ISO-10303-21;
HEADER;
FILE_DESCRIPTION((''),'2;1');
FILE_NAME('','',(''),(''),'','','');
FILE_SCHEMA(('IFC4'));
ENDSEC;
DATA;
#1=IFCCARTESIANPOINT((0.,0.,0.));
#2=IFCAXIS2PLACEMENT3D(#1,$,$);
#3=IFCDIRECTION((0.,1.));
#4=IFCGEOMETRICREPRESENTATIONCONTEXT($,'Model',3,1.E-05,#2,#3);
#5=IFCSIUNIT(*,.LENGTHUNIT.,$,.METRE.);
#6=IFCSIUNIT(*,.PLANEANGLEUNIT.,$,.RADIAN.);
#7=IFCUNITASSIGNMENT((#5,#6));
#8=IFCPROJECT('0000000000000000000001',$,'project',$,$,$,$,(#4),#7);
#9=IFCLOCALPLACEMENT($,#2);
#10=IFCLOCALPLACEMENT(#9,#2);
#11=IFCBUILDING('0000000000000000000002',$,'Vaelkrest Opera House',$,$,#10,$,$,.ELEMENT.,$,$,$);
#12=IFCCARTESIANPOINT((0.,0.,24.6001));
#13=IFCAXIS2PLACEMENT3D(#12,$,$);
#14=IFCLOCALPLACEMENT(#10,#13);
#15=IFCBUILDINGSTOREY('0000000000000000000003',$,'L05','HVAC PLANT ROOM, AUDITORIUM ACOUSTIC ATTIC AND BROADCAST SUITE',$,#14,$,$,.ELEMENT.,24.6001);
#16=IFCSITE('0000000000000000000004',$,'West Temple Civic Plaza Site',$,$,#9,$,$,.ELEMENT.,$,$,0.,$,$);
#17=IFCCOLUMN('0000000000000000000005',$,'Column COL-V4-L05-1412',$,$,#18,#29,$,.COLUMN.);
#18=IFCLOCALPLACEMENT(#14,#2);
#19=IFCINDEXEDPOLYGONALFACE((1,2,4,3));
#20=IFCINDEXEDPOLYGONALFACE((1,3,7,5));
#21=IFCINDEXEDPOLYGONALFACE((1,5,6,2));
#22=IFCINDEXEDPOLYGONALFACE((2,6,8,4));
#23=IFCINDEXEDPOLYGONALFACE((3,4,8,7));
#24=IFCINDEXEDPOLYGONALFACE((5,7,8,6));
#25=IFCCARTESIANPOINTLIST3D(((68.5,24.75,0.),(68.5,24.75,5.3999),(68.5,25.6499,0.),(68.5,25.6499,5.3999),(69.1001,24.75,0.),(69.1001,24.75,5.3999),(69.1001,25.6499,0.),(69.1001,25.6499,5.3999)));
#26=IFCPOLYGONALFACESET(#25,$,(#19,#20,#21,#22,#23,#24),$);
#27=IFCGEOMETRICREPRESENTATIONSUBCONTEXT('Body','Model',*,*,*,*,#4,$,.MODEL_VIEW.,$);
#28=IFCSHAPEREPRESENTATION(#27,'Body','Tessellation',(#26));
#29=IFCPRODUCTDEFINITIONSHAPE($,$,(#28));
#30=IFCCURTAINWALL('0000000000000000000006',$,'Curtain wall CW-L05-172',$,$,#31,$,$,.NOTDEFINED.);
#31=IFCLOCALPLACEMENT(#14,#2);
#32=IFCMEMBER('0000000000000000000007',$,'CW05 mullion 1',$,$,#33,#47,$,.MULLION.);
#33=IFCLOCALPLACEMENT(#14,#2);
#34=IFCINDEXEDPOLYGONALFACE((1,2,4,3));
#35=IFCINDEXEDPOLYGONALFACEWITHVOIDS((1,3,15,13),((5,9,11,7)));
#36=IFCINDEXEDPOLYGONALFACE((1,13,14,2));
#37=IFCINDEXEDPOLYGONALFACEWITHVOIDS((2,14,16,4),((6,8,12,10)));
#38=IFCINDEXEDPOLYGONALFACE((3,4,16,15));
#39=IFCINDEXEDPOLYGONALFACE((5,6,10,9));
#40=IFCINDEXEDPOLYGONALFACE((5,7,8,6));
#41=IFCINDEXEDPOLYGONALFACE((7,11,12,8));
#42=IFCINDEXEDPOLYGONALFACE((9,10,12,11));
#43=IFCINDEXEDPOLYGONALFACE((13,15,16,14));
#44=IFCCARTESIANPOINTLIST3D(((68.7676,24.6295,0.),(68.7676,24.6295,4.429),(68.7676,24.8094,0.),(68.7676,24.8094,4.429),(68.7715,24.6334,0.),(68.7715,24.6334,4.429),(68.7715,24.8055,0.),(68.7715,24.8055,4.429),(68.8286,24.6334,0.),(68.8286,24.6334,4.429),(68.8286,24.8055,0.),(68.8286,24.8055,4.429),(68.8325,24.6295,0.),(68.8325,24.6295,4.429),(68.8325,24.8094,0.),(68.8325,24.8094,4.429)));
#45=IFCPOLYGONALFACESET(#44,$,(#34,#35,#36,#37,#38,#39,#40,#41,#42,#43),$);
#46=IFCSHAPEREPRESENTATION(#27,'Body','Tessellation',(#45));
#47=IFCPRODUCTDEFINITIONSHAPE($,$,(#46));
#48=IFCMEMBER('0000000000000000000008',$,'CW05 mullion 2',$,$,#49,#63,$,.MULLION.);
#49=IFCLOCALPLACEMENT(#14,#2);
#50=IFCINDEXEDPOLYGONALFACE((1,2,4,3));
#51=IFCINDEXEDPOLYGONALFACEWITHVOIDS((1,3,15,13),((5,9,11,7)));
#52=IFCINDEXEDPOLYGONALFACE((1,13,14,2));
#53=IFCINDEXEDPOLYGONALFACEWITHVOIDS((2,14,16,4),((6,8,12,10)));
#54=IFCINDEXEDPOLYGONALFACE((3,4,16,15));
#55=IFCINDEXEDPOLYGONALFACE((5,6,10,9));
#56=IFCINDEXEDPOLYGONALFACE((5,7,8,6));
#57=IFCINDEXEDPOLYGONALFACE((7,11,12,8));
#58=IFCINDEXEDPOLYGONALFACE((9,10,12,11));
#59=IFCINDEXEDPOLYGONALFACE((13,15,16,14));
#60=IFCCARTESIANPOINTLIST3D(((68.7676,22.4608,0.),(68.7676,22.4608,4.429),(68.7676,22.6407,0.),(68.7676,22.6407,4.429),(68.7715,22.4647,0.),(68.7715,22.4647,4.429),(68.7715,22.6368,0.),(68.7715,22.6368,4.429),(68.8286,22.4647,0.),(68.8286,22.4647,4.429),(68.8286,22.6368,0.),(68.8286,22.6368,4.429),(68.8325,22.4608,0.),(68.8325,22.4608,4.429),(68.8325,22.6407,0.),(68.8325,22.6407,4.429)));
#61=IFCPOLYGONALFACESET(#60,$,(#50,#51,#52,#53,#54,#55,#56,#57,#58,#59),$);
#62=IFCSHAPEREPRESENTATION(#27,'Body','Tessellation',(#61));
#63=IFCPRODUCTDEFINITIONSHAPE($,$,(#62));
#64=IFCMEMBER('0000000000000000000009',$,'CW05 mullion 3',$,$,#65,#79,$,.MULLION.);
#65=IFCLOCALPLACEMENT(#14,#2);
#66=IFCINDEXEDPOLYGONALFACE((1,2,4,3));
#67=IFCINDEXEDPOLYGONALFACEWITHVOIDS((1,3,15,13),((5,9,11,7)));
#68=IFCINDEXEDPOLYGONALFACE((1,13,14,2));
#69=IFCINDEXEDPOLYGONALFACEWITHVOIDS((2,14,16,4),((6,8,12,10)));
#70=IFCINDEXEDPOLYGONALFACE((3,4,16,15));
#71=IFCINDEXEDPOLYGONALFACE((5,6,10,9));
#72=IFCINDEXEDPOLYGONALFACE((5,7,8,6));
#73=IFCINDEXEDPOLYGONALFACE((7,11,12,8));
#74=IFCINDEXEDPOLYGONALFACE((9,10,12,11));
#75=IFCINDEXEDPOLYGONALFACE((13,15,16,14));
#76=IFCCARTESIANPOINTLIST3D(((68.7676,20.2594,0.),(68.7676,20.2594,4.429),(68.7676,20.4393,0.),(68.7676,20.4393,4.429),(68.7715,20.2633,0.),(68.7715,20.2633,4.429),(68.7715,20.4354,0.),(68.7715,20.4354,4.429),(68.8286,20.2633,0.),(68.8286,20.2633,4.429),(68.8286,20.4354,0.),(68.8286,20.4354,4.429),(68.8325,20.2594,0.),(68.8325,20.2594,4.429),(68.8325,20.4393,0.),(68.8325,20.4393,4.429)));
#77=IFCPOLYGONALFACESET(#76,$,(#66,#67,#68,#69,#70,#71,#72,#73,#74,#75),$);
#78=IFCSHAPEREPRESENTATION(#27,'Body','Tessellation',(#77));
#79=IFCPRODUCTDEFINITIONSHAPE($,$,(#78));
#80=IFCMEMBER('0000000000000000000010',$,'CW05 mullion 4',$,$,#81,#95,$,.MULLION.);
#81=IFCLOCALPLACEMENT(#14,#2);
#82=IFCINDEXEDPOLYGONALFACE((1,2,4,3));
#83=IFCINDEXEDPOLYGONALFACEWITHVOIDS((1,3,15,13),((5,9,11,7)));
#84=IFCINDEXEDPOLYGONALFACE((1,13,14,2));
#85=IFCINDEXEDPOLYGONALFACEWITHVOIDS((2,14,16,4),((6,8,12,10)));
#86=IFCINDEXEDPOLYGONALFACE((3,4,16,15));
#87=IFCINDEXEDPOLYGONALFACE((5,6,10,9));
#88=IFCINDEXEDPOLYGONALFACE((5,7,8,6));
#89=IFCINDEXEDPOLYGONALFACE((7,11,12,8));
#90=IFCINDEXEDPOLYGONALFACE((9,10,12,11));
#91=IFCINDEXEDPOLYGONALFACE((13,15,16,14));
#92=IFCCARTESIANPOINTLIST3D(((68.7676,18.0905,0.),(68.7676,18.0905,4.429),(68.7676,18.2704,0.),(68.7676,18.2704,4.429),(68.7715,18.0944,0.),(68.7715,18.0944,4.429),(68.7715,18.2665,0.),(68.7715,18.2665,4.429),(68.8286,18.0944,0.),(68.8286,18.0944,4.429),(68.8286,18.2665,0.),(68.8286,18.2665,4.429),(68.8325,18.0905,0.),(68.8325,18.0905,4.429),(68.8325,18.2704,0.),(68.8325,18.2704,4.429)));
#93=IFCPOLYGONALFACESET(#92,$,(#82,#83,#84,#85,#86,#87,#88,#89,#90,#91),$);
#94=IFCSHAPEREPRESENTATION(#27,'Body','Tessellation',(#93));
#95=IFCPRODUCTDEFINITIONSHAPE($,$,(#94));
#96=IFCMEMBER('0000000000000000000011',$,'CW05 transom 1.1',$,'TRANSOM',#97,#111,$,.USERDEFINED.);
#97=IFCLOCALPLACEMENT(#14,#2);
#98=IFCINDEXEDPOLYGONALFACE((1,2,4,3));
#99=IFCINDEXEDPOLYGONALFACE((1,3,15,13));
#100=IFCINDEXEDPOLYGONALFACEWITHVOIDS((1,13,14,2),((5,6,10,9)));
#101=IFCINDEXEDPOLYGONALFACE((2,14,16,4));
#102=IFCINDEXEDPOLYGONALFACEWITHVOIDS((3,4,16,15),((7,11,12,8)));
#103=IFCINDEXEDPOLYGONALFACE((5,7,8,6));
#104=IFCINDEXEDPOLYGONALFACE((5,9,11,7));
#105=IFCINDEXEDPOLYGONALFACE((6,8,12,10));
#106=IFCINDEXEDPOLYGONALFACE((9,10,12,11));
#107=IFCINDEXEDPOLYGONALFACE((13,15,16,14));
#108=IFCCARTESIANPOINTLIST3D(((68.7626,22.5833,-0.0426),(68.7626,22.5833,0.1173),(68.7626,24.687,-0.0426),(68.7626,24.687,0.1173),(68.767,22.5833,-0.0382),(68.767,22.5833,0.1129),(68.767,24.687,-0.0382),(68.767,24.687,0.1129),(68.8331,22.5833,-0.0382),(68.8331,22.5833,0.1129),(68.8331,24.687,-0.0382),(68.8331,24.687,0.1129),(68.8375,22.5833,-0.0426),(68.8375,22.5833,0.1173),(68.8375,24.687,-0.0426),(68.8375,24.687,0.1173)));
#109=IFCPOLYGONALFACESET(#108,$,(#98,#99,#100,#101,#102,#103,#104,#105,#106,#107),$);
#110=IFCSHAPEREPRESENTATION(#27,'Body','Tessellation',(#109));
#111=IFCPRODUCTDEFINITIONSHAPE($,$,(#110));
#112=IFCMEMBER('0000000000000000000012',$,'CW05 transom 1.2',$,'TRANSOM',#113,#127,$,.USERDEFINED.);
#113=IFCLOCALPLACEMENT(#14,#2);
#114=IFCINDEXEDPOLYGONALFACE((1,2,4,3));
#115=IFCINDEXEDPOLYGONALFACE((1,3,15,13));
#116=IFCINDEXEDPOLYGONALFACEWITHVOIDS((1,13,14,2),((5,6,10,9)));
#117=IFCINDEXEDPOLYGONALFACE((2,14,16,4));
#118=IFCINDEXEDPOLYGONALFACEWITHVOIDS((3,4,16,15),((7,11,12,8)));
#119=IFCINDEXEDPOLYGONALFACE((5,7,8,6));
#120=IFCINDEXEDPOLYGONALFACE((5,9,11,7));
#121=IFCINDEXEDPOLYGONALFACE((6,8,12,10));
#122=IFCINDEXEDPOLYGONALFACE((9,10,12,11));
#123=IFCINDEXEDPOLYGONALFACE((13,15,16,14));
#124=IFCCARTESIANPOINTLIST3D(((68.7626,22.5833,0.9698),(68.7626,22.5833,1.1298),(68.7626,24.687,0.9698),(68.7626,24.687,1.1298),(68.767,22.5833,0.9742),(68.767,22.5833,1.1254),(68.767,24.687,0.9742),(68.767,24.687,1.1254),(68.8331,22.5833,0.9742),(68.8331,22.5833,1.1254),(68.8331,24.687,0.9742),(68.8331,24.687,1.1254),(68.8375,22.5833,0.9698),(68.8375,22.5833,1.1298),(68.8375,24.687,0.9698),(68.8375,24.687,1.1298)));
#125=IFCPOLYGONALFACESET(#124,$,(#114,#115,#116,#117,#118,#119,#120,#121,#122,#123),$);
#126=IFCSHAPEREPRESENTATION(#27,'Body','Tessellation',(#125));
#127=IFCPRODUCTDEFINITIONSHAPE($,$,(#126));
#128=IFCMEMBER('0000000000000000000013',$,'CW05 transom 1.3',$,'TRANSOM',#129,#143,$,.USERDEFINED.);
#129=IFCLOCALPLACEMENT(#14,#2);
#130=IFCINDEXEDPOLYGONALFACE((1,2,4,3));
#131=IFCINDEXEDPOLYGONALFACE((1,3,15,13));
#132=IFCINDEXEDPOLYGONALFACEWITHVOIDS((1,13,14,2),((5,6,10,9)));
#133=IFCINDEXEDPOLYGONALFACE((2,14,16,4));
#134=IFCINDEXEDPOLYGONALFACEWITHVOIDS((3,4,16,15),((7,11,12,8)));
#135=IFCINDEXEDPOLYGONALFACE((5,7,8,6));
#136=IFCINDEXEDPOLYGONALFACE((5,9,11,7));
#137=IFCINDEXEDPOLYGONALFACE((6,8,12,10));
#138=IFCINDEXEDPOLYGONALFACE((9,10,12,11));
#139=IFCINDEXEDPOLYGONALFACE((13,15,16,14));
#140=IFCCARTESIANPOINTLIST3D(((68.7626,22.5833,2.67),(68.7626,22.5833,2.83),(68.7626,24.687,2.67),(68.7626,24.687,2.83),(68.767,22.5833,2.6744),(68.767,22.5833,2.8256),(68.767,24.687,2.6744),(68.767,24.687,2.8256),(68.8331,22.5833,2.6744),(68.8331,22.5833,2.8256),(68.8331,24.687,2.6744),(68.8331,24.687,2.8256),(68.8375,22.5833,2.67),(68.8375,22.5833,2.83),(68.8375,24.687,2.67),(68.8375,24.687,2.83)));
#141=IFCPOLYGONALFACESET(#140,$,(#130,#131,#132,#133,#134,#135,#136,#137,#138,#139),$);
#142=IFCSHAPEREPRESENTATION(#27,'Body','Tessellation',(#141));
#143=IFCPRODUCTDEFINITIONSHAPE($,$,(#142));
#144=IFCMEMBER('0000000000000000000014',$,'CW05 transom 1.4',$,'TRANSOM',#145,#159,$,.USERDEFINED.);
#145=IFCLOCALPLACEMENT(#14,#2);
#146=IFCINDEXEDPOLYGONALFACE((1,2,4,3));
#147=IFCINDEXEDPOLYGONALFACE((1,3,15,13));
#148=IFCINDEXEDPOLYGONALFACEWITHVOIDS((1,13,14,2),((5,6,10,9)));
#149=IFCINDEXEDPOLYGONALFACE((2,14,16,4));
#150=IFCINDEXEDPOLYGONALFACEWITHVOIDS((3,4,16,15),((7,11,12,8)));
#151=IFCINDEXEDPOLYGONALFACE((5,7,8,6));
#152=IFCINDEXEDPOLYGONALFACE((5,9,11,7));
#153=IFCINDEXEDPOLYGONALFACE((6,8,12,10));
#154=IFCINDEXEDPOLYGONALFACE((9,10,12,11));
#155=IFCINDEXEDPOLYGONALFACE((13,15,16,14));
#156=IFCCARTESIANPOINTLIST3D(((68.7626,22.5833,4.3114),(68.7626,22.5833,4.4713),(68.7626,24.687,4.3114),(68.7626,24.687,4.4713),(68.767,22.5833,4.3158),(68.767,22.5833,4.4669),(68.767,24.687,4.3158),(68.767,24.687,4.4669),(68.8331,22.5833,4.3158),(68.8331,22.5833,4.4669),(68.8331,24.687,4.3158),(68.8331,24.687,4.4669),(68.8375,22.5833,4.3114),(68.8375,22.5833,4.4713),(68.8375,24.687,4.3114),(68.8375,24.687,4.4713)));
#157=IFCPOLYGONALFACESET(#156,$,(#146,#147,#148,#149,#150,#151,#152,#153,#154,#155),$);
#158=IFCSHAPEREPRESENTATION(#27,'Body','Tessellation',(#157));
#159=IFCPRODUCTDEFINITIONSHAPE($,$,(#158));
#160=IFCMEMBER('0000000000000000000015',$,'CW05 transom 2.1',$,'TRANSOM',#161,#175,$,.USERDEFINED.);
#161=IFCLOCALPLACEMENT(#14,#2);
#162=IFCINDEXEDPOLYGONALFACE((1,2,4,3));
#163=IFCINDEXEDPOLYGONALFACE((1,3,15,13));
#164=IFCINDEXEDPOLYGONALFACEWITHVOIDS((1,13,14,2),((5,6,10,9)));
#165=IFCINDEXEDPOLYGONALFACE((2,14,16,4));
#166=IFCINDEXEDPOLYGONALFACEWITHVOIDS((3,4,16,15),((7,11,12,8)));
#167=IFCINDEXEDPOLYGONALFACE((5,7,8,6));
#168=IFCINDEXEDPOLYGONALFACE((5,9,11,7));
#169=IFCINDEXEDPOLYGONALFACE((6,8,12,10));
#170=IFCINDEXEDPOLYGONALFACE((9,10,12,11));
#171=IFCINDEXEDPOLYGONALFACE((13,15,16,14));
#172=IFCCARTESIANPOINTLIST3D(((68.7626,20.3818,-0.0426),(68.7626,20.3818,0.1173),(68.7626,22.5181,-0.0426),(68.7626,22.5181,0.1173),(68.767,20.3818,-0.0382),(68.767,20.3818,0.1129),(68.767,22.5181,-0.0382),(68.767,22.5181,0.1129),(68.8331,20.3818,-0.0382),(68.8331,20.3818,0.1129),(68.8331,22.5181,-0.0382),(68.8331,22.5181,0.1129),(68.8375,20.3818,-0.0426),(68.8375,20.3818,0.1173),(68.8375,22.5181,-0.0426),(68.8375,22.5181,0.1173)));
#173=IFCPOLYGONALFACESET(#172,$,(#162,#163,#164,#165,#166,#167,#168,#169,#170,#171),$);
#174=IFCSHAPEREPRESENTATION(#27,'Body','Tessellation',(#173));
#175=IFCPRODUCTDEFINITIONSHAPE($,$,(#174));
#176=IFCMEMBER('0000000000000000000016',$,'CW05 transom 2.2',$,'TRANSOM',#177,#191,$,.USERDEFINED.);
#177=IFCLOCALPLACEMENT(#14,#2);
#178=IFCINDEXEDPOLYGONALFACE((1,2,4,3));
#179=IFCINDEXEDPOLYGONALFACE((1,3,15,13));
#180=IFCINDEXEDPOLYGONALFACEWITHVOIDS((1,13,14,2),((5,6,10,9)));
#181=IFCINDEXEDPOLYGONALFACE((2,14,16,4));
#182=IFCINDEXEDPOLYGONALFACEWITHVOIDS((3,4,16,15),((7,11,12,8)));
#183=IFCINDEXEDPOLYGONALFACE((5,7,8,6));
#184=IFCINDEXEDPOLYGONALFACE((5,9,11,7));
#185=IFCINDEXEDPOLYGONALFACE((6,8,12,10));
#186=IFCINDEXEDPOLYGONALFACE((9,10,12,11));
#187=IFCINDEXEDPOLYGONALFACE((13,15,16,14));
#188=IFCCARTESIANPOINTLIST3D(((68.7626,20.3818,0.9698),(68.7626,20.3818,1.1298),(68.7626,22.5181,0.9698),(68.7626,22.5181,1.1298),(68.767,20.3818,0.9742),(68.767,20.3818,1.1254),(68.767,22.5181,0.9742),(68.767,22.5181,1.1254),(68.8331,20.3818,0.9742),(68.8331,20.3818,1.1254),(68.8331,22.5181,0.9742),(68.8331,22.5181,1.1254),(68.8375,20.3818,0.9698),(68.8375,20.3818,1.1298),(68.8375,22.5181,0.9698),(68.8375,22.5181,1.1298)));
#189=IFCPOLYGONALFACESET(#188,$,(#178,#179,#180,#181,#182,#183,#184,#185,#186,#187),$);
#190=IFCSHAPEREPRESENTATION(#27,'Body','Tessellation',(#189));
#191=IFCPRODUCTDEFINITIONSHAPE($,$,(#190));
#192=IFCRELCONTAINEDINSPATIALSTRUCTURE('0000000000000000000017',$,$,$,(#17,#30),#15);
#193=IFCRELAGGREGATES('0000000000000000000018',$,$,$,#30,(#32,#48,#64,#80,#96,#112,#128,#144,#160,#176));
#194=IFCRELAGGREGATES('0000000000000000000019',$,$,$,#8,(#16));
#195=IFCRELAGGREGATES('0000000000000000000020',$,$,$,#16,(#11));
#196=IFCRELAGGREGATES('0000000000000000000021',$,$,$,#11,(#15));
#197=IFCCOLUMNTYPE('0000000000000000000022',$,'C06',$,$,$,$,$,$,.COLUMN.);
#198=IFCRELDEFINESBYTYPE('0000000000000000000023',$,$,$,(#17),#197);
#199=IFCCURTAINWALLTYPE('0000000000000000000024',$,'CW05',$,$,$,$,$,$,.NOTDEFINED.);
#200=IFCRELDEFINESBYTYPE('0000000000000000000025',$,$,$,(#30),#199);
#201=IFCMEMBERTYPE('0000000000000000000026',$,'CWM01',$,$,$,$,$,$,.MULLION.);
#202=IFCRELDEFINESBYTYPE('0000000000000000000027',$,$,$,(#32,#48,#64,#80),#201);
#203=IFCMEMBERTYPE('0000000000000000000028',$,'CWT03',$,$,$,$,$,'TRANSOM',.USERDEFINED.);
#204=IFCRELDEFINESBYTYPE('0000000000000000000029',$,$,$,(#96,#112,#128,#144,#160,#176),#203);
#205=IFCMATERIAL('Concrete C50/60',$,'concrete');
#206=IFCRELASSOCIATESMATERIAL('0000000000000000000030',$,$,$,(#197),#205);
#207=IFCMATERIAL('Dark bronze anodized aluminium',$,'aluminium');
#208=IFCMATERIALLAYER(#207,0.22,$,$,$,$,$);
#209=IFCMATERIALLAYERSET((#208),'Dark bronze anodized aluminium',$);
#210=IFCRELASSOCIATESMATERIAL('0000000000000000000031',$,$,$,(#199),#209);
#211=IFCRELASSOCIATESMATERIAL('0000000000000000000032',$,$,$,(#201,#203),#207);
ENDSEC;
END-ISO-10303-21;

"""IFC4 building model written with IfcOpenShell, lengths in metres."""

from ifc_helpers import new_model, si_unit, direction, frame, origin, origin_2d, place, context, subcontext, project, spatial, rectangle, hollow_rectangle, extrude, material, layer, layer_set, material_profile, profile_set, type_object, element, aggregate, save


model = new_model("IFC4")

# Units and contexts
model_context = context("Model", 3, precision=1e-05, world=origin(), true_north=direction((0.0, 1.0)))
body_context = subcontext(model_context, "Body", "Model", "MODEL_VIEW")
ifc_project = project(units=[si_unit("LENGTHUNIT", "METRE"), si_unit("PLANEANGLEUNIT", "RADIAN")], contexts=[model_context])

# Site, building, storey
site_placement = place(None, origin())
site = spatial("IfcSite", under=ifc_project, at=site_placement, Name="West Temple Civic Plaza Site", CompositionType="ELEMENT", RefElevation=0.0)
building_placement = place(site_placement, origin())
building = spatial("IfcBuilding", under=site, at=building_placement, Name="Vaelkrest Opera House", CompositionType="ELEMENT")
storey_placement = place(building_placement, frame((0.0, 0.0, 24.6001)))
storey = spatial("IfcBuildingStorey", under=building, at=storey_placement, Name="L05", Description="HVAC PLANT ROOM, AUDITORIUM ACOUSTIC ATTIC AND BROADCAST SUITE", CompositionType="ELEMENT", Elevation=24.6001)

# Column
ifc_material_1 = material(Name="Concrete C50/60", Category="concrete")
ifc_material_profile_1 = material_profile(ifc_material_1, rectangle(XDim=0.6001, YDim=0.8999, at=origin_2d()), Name="RC600X900")
ifc_profile_set_1 = profile_set([ifc_material_profile_1], Name="Concrete C50/60")
column_type = type_object("IfcColumnType", Name="C06", PredefinedType="COLUMN", material=ifc_profile_set_1)
column_placement = place(storey_placement, frame((68.8, 25.2, 0.0), z_axis=(0.0, 0.0, 1.0), x_axis=(1.0, 0.0, 0.0)))
element("IfcColumn", 1, at=column_placement, inside=storey, type_object=column_type, Name="Column COL-V4-L05-1412", PredefinedType="COLUMN", context=body_context, shape_type="SweptSolid", body=[
    extrude(rectangle(XDim=0.6001, YDim=0.8999, at=origin_2d()), origin(), (0.0, 0.0, 1.0), 5.3999),
])

# Curtain wall, members
ifc_material_2 = material(Name="Dark bronze anodized aluminium", Category="aluminium")
ifc_layer_1 = layer(ifc_material_2, 0.22)
ifc_layer_set_1 = layer_set([ifc_layer_1], Name="Dark bronze anodized aluminium")
curtain_wall_type = type_object("IfcCurtainWallType", Name="CW05", PredefinedType="NOTDEFINED", material=ifc_layer_set_1)
curtain_wall_placement = place(storey_placement, origin())
curtain_wall = element("IfcCurtainWall", 2, at=curtain_wall_placement, inside=storey, type_object=curtain_wall_type, Name="Curtain wall CW-L05-172", PredefinedType="NOTDEFINED")
ifc_material_profile_2 = material_profile(ifc_material_2, hollow_rectangle(XDim=0.0649, YDim=0.1799, WallThickness=0.0039, at=origin_2d()), Name="CWM65X180")
ifc_profile_set_2 = profile_set([ifc_material_profile_2], Name="Dark bronze anodized aluminium")
member_type_1 = type_object("IfcMemberType", Name="CWM01", PredefinedType="MULLION", material=ifc_profile_set_2)
member_1_placement = place(storey_placement, frame((68.8, 24.7195, 0.0), z_axis=(0.0, 0.0, 1.0), x_axis=(1.0, 0.0, 0.0)))
member_1 = element("IfcMember", 3, at=member_1_placement, type_object=member_type_1, Name="CW05 mullion 1", PredefinedType="MULLION", context=body_context, shape_type="SweptSolid", body=[
    extrude(hollow_rectangle(XDim=0.0649, YDim=0.1799, WallThickness=0.0039, at=origin_2d()), origin(), (0.0, 0.0, 1.0), 4.429),
])
member_2_placement = place(storey_placement, frame((68.8, 22.5508, 0.0), z_axis=(0.0, 0.0, 1.0), x_axis=(1.0, 0.0, 0.0)))
member_2 = element("IfcMember", 4, at=member_2_placement, type_object=member_type_1, Name="CW05 mullion 2", PredefinedType="MULLION", context=body_context, shape_type="SweptSolid", body=[
    extrude(hollow_rectangle(XDim=0.0649, YDim=0.1799, WallThickness=0.0039, at=origin_2d()), origin(), (0.0, 0.0, 1.0), 4.429),
])
member_3_placement = place(storey_placement, frame((68.8, 20.3494, 0.0), z_axis=(0.0, 0.0, 1.0), x_axis=(1.0, 0.0, 0.0)))
member_3 = element("IfcMember", 5, at=member_3_placement, type_object=member_type_1, Name="CW05 mullion 3", PredefinedType="MULLION", context=body_context, shape_type="SweptSolid", body=[
    extrude(hollow_rectangle(XDim=0.0649, YDim=0.1799, WallThickness=0.0039, at=origin_2d()), origin(), (0.0, 0.0, 1.0), 4.429),
])
member_4_placement = place(storey_placement, frame((68.8, 18.1804, 0.0), z_axis=(0.0, 0.0, 1.0), x_axis=(1.0, 0.0, 0.0)))
member_4 = element("IfcMember", 6, at=member_4_placement, type_object=member_type_1, Name="CW05 mullion 4", PredefinedType="MULLION", context=body_context, shape_type="SweptSolid", body=[
    extrude(hollow_rectangle(XDim=0.0649, YDim=0.1799, WallThickness=0.0039, at=origin_2d()), origin(), (0.0, 0.0, 1.0), 4.429),
])
ifc_material_profile_3 = material_profile(ifc_material_2, hollow_rectangle(XDim=0.075, YDim=0.1599, WallThickness=0.0044, at=origin_2d()), Name="CWT75X160")
ifc_profile_set_3 = profile_set([ifc_material_profile_3], Name="Dark bronze anodized aluminium")
member_type_2 = type_object("IfcMemberType", Name="CWT03", ElementType="TRANSOM", PredefinedType="USERDEFINED", material=ifc_profile_set_3)
member_5_placement = place(storey_placement, frame((68.8, 24.687, 0.0374), z_axis=(0.0, -1.0, 0.0), x_axis=(1.0, 0.0, 0.0)))
member_5 = element("IfcMember", 7, at=member_5_placement, type_object=member_type_2, Name="CW05 transom 1.1", ObjectType="TRANSOM", PredefinedType="USERDEFINED", context=body_context, shape_type="SweptSolid", body=[
    extrude(hollow_rectangle(XDim=0.075, YDim=0.1599, WallThickness=0.0044, at=origin_2d()), origin(), (0.0, 0.0, 1.0), 2.1038),
])
member_6_placement = place(storey_placement, frame((68.8, 24.687, 1.0498), z_axis=(0.0, -1.0, 0.0), x_axis=(1.0, 0.0, 0.0)))
member_6 = element("IfcMember", 8, at=member_6_placement, type_object=member_type_2, Name="CW05 transom 1.2", ObjectType="TRANSOM", PredefinedType="USERDEFINED", context=body_context, shape_type="SweptSolid", body=[
    extrude(hollow_rectangle(XDim=0.075, YDim=0.1599, WallThickness=0.0044, at=origin_2d()), origin(), (0.0, 0.0, 1.0), 2.1038),
])
member_7_placement = place(storey_placement, frame((68.8, 24.687, 2.75), z_axis=(0.0, -1.0, 0.0), x_axis=(1.0, 0.0, 0.0)))
member_7 = element("IfcMember", 9, at=member_7_placement, type_object=member_type_2, Name="CW05 transom 1.3", ObjectType="TRANSOM", PredefinedType="USERDEFINED", context=body_context, shape_type="SweptSolid", body=[
    extrude(hollow_rectangle(XDim=0.075, YDim=0.1599, WallThickness=0.0044, at=origin_2d()), origin(), (0.0, 0.0, 1.0), 2.1038),
])
member_8_placement = place(storey_placement, frame((68.8, 24.687, 4.3914), z_axis=(0.0, -1.0, 0.0), x_axis=(1.0, 0.0, 0.0)))
member_8 = element("IfcMember", 10, at=member_8_placement, type_object=member_type_2, Name="CW05 transom 1.4", ObjectType="TRANSOM", PredefinedType="USERDEFINED", context=body_context, shape_type="SweptSolid", body=[
    extrude(hollow_rectangle(XDim=0.075, YDim=0.1599, WallThickness=0.0044, at=origin_2d()), origin(), (0.0, 0.0, 1.0), 2.1038),
])
member_9_placement = place(storey_placement, frame((68.8, 22.5181, 0.0374), z_axis=(0.0, -1.0, 0.0), x_axis=(1.0, 0.0, 0.0)))
member_9 = element("IfcMember", 11, at=member_9_placement, type_object=member_type_2, Name="CW05 transom 2.1", ObjectType="TRANSOM", PredefinedType="USERDEFINED", context=body_context, shape_type="SweptSolid", body=[
    extrude(hollow_rectangle(XDim=0.075, YDim=0.1599, WallThickness=0.0044, at=origin_2d()), origin(), (0.0, 0.0, 1.0), 2.1362),
])
member_10_placement = place(storey_placement, frame((68.8, 22.5181, 1.0498), z_axis=(0.0, -1.0, 0.0), x_axis=(1.0, 0.0, 0.0)))
member_10 = element("IfcMember", 12, at=member_10_placement, type_object=member_type_2, Name="CW05 transom 2.2", ObjectType="TRANSOM", PredefinedType="USERDEFINED", context=body_context, shape_type="SweptSolid", body=[
    extrude(hollow_rectangle(XDim=0.075, YDim=0.1599, WallThickness=0.0044, at=origin_2d()), origin(), (0.0, 0.0, 1.0), 2.1362),
])

aggregate(curtain_wall, [member_1, member_2, member_3, member_4, member_5, member_6, member_7, member_8, member_9, member_10])

save(model, "model.ifc")
